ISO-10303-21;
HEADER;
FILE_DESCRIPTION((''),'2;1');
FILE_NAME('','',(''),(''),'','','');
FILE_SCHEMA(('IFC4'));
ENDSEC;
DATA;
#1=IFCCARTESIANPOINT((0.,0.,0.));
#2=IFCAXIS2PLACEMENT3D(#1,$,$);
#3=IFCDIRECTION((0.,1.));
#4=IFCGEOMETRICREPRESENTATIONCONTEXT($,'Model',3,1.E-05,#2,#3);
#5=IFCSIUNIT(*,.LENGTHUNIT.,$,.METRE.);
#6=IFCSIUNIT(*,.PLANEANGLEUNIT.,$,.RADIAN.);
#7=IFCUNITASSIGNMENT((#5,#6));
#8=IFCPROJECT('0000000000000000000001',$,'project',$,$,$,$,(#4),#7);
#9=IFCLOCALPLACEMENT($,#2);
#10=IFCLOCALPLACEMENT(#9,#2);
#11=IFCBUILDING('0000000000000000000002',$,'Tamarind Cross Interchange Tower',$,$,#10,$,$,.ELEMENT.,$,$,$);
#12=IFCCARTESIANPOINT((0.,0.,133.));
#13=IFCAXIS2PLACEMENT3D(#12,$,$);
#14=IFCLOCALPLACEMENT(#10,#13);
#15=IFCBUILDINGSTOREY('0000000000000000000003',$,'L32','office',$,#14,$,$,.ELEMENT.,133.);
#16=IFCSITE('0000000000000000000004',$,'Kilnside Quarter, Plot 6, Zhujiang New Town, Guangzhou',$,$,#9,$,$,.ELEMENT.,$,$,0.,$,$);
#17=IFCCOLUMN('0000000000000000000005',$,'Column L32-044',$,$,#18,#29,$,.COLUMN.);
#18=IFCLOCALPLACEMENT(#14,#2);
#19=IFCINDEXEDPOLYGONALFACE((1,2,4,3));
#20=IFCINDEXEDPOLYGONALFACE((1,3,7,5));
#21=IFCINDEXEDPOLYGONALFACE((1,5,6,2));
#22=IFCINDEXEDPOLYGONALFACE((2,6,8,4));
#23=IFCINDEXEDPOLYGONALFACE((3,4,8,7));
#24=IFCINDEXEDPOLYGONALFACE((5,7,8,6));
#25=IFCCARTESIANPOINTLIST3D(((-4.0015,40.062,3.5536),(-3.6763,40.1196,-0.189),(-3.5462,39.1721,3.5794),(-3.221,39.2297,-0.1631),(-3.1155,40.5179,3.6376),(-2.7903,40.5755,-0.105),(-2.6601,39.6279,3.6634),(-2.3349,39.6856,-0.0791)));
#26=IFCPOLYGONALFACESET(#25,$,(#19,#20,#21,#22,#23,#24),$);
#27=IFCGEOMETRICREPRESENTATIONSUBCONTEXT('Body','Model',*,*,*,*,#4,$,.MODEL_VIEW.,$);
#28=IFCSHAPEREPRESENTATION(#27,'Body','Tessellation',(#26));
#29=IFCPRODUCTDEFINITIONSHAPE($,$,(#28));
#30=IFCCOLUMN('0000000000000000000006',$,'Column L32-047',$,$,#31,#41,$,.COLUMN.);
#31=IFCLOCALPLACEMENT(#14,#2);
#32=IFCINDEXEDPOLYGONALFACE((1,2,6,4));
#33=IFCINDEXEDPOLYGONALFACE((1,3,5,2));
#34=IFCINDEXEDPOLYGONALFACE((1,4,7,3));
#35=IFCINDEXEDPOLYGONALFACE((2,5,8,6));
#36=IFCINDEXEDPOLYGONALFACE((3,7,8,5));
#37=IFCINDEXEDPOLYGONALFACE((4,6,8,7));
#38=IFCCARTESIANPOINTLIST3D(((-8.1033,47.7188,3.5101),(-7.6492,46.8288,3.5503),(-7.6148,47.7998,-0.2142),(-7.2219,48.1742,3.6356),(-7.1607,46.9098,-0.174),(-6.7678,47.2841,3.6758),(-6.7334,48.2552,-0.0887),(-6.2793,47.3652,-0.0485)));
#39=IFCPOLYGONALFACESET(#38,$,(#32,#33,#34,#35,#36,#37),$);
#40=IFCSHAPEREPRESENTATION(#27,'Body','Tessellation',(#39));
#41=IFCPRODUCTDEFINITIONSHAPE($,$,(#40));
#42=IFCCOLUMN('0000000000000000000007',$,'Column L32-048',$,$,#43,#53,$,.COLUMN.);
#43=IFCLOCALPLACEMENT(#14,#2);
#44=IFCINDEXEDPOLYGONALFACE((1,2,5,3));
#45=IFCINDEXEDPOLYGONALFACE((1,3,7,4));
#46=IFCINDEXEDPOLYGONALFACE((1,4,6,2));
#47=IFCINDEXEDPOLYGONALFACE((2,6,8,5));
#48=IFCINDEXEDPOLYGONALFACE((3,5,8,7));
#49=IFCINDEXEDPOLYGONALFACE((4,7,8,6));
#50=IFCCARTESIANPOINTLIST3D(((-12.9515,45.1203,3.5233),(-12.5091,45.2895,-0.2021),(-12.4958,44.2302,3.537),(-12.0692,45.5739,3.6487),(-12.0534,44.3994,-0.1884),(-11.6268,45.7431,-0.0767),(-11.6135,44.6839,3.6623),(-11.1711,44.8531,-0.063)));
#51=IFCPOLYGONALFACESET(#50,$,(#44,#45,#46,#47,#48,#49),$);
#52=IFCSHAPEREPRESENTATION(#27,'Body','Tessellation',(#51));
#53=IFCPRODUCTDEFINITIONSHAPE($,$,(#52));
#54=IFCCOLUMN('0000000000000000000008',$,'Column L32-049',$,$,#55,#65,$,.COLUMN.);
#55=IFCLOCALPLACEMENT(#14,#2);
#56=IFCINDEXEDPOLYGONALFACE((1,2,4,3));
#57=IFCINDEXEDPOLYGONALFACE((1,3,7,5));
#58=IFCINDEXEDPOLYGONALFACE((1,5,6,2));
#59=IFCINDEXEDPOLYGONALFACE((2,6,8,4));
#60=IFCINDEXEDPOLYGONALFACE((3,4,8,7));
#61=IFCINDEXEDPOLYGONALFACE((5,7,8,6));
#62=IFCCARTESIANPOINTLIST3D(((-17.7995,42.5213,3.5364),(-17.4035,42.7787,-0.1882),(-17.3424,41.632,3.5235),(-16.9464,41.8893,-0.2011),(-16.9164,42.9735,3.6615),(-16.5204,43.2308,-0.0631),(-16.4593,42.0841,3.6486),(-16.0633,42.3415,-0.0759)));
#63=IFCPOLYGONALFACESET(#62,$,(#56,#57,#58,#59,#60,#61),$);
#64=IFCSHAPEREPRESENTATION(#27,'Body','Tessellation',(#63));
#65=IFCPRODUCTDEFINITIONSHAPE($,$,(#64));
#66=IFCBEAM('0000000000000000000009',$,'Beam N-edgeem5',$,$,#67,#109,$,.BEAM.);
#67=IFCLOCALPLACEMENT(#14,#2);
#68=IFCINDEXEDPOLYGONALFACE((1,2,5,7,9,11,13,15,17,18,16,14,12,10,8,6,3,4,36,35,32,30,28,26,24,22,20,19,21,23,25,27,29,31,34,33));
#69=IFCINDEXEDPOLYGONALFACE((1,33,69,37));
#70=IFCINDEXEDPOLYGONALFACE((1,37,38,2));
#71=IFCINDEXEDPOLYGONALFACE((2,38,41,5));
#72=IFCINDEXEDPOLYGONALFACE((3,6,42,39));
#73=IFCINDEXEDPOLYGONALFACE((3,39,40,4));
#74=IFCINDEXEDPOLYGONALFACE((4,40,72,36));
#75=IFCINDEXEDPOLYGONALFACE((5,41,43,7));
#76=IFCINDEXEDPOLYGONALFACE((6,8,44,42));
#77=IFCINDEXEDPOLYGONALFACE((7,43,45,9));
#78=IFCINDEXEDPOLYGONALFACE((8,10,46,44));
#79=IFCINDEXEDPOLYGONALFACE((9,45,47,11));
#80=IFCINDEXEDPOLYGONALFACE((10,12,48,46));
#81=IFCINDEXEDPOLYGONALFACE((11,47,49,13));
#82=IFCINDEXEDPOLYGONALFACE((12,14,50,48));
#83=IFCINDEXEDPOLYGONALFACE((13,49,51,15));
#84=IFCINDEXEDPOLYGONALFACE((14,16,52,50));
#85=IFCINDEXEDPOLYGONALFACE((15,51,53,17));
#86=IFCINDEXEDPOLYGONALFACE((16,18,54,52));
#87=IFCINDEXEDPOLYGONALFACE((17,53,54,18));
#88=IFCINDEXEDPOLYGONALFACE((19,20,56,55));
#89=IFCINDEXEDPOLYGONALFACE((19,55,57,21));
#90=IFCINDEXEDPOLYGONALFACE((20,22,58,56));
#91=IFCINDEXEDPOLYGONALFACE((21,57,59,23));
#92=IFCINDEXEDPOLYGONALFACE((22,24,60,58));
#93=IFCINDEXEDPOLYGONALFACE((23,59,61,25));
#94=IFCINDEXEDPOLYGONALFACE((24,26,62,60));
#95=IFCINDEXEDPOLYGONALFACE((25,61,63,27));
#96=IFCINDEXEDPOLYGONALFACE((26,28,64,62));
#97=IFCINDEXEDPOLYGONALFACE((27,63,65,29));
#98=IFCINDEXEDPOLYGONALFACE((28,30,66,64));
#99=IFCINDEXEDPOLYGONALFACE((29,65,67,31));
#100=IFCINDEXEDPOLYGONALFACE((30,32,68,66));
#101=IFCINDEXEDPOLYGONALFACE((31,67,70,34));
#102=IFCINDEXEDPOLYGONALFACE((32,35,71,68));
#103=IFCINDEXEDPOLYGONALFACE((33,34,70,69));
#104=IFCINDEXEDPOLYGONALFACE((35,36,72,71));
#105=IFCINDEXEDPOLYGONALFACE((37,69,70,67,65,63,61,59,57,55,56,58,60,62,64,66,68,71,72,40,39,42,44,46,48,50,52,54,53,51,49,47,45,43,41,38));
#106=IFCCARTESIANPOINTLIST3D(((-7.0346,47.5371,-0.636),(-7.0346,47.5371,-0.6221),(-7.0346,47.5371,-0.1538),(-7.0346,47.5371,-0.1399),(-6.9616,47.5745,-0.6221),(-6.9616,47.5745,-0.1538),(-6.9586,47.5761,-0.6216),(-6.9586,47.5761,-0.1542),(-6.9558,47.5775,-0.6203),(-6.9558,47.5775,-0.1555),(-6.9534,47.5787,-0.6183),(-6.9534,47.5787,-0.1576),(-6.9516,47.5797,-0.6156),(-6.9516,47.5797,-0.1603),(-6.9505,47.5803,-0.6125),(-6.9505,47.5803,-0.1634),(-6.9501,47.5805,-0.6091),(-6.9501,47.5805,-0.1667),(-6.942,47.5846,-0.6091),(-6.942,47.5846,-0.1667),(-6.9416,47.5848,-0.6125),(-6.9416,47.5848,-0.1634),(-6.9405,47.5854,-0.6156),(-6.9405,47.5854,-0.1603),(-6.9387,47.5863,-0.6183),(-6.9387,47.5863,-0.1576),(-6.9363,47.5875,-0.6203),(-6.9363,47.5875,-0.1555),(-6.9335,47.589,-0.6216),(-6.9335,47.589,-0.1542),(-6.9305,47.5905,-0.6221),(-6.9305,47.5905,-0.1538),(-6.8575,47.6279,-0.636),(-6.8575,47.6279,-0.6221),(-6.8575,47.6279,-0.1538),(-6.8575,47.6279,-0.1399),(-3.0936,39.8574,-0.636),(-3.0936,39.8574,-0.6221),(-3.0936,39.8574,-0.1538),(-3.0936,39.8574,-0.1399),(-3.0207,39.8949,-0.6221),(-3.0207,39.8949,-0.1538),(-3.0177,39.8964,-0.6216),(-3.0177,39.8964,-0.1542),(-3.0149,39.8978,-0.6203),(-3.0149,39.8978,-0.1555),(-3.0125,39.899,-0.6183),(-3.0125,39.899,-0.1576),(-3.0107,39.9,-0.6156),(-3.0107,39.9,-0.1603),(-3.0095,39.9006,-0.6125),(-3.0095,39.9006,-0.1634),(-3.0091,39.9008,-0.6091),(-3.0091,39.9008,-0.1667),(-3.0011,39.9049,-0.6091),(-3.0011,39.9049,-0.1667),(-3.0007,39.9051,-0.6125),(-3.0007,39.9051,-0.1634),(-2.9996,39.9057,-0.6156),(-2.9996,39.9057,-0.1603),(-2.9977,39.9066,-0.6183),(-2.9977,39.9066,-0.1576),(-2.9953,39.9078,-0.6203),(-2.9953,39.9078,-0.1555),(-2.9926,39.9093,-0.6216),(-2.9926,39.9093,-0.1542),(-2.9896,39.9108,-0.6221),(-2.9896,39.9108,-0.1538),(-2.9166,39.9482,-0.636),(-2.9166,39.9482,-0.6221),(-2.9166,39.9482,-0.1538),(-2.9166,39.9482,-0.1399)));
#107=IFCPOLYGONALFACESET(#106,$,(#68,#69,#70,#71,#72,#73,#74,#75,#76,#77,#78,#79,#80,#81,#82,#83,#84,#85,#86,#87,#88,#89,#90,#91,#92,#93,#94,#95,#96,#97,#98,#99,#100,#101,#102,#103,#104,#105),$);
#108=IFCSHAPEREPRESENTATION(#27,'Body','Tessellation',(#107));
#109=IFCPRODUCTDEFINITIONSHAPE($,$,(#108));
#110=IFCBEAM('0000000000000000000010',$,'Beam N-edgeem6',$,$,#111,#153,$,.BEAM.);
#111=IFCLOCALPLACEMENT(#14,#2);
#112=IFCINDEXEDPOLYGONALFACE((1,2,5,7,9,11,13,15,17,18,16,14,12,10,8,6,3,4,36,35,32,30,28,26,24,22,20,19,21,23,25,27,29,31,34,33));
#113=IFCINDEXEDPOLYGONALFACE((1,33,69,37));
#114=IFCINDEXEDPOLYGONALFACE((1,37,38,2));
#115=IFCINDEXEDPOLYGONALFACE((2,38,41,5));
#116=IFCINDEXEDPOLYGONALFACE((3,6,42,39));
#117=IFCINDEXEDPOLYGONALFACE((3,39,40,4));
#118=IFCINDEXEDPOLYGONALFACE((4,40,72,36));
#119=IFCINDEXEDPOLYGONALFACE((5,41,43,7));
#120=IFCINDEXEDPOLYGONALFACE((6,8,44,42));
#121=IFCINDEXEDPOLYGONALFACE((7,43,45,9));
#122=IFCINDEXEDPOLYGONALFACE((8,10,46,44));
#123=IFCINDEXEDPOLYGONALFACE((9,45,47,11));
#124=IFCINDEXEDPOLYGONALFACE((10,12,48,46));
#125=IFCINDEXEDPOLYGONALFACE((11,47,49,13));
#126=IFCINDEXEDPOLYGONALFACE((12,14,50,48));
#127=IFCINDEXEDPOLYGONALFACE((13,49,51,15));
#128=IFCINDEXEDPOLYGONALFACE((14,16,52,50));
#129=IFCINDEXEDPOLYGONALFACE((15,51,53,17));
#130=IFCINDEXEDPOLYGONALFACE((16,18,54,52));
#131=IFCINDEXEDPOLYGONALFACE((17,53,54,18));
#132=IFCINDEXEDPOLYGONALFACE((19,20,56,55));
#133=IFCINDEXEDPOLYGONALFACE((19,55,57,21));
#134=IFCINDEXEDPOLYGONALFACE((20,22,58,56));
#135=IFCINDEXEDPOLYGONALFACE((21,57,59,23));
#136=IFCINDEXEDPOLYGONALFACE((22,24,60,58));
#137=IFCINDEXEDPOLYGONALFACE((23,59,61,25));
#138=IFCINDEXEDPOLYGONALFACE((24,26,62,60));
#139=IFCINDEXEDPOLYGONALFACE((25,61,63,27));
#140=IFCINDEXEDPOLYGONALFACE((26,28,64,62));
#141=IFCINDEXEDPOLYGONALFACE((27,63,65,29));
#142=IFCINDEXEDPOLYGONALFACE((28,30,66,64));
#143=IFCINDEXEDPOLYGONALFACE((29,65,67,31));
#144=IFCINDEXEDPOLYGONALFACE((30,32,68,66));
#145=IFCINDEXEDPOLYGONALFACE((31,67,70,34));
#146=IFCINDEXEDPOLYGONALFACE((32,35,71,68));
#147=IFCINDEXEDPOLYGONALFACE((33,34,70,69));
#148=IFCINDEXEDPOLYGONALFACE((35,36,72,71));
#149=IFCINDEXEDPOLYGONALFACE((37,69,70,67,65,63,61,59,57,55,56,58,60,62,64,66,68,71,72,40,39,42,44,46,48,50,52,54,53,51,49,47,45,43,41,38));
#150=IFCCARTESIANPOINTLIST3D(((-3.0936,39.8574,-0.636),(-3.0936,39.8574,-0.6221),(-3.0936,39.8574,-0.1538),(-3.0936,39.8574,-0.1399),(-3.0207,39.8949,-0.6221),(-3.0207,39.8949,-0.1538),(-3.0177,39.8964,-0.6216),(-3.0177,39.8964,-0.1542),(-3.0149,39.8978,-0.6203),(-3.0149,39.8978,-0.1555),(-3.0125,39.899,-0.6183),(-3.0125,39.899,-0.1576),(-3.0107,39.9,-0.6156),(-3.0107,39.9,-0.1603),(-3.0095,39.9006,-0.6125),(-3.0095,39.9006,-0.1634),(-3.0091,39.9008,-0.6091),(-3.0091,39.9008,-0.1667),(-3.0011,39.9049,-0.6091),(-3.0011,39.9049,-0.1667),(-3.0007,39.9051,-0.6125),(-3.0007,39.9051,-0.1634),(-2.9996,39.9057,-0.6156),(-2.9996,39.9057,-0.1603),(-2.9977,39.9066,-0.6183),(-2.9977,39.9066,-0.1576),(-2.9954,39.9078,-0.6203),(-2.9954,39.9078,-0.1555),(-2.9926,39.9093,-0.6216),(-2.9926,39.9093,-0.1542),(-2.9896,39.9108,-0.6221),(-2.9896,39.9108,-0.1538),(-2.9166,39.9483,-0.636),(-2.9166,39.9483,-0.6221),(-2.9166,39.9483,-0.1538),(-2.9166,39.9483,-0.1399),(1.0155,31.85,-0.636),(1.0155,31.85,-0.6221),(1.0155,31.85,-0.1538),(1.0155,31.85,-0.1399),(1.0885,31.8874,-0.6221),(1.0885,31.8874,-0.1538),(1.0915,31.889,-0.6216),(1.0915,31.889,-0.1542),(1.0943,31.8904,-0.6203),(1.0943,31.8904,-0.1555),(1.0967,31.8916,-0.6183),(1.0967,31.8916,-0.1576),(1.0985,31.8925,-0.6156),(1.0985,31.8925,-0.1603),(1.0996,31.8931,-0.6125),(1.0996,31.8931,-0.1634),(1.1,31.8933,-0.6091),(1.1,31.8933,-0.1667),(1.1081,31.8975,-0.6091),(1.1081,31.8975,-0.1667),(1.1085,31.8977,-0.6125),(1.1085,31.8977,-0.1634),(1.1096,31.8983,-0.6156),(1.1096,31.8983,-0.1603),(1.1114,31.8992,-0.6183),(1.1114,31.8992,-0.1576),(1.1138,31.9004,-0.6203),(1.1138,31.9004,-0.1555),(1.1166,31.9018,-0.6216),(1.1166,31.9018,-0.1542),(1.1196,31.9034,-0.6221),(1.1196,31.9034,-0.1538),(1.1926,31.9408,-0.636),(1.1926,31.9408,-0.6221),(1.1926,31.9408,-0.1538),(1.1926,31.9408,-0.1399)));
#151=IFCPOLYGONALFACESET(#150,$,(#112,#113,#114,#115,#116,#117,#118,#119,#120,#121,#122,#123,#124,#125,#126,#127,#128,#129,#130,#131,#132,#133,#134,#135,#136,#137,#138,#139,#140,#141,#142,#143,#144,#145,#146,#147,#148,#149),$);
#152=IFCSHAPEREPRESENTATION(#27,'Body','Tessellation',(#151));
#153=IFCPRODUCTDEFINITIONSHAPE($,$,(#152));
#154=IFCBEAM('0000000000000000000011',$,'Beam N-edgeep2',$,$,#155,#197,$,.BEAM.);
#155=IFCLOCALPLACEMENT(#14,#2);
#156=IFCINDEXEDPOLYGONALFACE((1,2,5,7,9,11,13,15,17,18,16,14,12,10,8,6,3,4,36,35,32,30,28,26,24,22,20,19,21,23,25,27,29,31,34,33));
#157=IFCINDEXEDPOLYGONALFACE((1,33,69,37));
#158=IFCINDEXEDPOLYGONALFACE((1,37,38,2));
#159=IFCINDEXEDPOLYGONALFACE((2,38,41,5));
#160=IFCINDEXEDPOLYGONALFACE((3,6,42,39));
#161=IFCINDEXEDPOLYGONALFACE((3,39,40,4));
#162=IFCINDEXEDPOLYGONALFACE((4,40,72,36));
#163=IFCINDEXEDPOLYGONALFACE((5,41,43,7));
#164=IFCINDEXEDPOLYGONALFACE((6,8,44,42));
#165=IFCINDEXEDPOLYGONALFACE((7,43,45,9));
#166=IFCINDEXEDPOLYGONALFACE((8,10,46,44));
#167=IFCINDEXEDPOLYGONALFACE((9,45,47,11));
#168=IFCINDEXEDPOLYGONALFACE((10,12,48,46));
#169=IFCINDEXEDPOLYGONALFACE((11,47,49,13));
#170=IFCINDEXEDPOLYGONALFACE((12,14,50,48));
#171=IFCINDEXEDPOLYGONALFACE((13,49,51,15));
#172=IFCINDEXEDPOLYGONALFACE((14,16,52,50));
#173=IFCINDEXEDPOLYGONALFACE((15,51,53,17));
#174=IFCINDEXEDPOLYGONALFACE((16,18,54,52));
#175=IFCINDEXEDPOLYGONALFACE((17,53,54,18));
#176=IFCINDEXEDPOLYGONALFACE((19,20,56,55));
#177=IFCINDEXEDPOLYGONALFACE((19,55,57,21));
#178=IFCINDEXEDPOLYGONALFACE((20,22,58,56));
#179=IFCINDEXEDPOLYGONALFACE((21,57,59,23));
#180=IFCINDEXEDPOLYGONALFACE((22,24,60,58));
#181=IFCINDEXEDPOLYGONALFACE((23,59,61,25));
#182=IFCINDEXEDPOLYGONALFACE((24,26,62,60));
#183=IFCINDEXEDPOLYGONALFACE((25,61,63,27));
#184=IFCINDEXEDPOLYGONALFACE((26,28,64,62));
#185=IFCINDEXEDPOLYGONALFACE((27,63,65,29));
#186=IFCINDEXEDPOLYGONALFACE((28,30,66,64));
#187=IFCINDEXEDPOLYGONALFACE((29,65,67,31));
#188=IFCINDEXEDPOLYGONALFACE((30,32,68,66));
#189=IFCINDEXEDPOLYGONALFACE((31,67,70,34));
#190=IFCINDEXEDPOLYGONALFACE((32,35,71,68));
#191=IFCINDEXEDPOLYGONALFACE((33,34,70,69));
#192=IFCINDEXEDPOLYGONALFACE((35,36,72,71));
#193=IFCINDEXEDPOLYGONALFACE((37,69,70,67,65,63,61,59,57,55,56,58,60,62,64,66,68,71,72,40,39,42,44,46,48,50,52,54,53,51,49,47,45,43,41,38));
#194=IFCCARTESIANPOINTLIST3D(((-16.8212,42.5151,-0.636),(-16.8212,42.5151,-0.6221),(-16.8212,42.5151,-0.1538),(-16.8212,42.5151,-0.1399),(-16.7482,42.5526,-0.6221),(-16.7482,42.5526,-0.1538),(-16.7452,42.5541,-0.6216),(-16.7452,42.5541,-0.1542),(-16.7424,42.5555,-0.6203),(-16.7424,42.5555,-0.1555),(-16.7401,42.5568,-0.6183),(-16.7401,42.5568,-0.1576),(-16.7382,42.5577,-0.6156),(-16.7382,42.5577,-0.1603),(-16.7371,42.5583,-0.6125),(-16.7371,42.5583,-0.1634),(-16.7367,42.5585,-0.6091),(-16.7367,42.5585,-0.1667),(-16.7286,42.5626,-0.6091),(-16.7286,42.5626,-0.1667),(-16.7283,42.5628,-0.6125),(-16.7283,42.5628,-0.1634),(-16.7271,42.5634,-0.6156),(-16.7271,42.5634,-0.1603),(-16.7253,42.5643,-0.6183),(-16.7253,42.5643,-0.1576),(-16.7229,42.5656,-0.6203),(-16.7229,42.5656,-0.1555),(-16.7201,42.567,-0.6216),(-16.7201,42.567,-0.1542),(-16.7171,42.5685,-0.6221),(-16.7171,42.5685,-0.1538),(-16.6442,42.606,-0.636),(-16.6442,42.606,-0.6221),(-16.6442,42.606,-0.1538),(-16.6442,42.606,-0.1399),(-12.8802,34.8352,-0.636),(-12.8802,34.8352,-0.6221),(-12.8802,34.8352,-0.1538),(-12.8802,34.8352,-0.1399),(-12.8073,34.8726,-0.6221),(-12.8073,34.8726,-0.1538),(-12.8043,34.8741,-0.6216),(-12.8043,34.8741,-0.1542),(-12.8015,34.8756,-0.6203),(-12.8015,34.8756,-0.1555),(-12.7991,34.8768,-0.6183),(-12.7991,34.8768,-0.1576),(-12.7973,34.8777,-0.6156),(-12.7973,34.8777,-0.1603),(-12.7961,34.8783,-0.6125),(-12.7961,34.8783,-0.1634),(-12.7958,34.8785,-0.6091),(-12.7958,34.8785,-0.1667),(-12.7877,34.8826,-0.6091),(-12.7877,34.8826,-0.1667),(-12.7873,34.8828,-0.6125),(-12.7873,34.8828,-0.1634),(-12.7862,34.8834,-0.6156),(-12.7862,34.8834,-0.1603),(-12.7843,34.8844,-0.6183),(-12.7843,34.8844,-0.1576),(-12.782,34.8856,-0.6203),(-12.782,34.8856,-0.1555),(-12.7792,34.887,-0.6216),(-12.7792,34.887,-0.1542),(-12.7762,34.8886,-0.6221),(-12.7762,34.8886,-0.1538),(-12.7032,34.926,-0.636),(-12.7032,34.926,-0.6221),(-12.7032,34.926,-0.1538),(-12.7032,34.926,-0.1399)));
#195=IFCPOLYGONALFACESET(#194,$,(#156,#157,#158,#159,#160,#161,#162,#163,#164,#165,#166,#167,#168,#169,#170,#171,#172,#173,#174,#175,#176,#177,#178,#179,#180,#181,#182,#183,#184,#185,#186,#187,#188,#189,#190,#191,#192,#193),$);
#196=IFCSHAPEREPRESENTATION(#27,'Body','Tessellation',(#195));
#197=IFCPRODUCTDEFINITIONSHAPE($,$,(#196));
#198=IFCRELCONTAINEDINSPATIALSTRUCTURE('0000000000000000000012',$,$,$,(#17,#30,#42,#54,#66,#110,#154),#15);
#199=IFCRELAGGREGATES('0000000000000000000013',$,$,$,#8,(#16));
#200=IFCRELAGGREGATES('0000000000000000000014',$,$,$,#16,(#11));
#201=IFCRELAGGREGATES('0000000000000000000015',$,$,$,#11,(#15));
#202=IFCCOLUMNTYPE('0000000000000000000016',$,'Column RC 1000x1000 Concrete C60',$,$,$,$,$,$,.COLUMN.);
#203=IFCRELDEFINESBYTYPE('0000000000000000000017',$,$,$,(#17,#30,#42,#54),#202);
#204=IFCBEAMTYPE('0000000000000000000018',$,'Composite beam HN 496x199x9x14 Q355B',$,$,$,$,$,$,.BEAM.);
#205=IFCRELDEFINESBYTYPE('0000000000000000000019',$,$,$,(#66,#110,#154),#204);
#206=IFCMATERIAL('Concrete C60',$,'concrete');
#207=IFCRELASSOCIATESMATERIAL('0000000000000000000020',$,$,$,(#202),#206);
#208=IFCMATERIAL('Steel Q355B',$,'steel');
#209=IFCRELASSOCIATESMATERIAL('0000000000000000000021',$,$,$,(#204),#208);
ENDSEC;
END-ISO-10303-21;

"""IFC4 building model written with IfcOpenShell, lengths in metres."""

from ifc_helpers import new_model, si_unit, direction, frame, origin, origin_2d, place, context, subcontext, project, spatial, rectangle, i_section, extrude, material, material_profile, profile_set, type_object, element, save


model = new_model("IFC4")

# Units and contexts
model_context = context("Model", 3, precision=1e-05, world=origin(), true_north=direction((0.0, 1.0)))
body_context = subcontext(model_context, "Body", "Model", "MODEL_VIEW")
ifc_project = project(units=[si_unit("LENGTHUNIT", "METRE"), si_unit("PLANEANGLEUNIT", "RADIAN")], contexts=[model_context])

# Site, building, storey
site_placement = place(None, origin())
site = spatial("IfcSite", under=ifc_project, at=site_placement, Name="Kilnside Quarter, Plot 6, Zhujiang New Town, Guangzhou", CompositionType="ELEMENT", RefElevation=0.0)
building_placement = place(site_placement, origin())
building = spatial("IfcBuilding", under=site, at=building_placement, Name="Tamarind Cross Interchange Tower", CompositionType="ELEMENT")
storey_placement = place(building_placement, frame((0.0, 0.0, 133.0)))
storey = spatial("IfcBuildingStorey", under=building, at=storey_placement, Name="L32", Description="office", CompositionType="ELEMENT", Elevation=133.0)

# Columns
ifc_material_1 = material(Name="Concrete C60", Category="concrete")
ifc_material_profile_1 = material_profile(ifc_material_1, rectangle(XDim=1.0, YDim=1.0, at=origin_2d()), Name="RC 1000x1000")
ifc_profile_set_1 = profile_set([ifc_material_profile_1], Name="Concrete C60")
column_type = type_object("IfcColumnType", Name="Column RC 1000x1000 Concrete C60", PredefinedType="COLUMN", material=ifc_profile_set_1)
for number, where, z_axis, x_axis, name in (
    (1, (-3.0056, 39.9026, -0.134), (-0.086558, -0.015336, 0.996129), (0.455375, -0.889924, 0.025868), "Column L32-044"),
    (2, (-6.947, 47.5825, -0.1313), (-0.130026, -0.021573, 0.991276), (0.454113, -0.890037, 0.040196), "Column L32-047"),
):
    element("IfcColumn", number, at=place(storey_placement, frame(where, z_axis=z_axis, x_axis=x_axis)), inside=storey, type_object=column_type, Name=name, PredefinedType="COLUMN", context=body_context, shape_type="SweptSolid", body=[
        extrude(rectangle(XDim=1.0, YDim=1.0, at=origin_2d()), origin(), (0.0, 0.0, 1.0), 3.7571),
    ])
column_1_placement = place(storey_placement, frame((-11.8401, 45.0713, -0.1326), z_axis=(-0.117801, -0.045053, 0.992015), x_axis=(0.455693, -0.890032, 0.013692)))
element("IfcColumn", 3, at=column_1_placement, inside=storey, type_object=column_type, Name="Column L32-048", PredefinedType="COLUMN", context=body_context, shape_type="SweptSolid", body=[
    extrude(rectangle(XDim=1.0, YDim=1.0, at=origin_2d()), origin(), (0.0, 0.0, 1.0), 3.7554),
])
column_2_placement = place(storey_placement, frame((-16.7334, 42.5601, -0.1321), z_axis=(-0.105474, -0.068539, 0.992057), x_axis=(0.883136, 0.452121, 0.12513)))
element("IfcColumn", 4, at=column_2_placement, inside=storey, type_object=column_type, Name="Column L32-049", PredefinedType="COLUMN", context=body_context, shape_type="SweptSolid", body=[
    extrude(rectangle(XDim=1.0, YDim=1.0, at=origin_2d()), origin(), (0.0, 0.0, 1.0), 3.7544),
])

# Beams
ifc_material_2 = material(Name="Steel Q355B", Category="steel")
ifc_material_profile_2 = material_profile(ifc_material_2, i_section(OverallWidth=0.199, OverallDepth=0.4961, WebThickness=0.009, FlangeThickness=0.0139, FilletRadius=0.0129, at=origin_2d()), Name="HN 496x199x9x14")
ifc_profile_set_2 = profile_set([ifc_material_profile_2], Name="Steel Q355B")
beam_type_1 = type_object("IfcBeamType", Name="Composite beam HN 496x199x9x14 Q355B", PredefinedType="BEAM", material=ifc_profile_set_2)
beam_1_placement = place(storey_placement, frame((-6.946, 47.5825, -0.3879), z_axis=(0.456557, -0.889694, 0.0), x_axis=(0.889694, 0.456557, 0.0)))
element("IfcBeam", 5, at=beam_1_placement, inside=storey, type_object=beam_type_1, Name="Beam N-edgeem5", PredefinedType="BEAM", context=body_context, shape_type="SweptSolid", body=[
    extrude(i_section(OverallWidth=0.199, OverallDepth=0.4961, WebThickness=0.009, FlangeThickness=0.0139, FilletRadius=0.0129, at=origin_2d()), origin(), (0.0, 0.0, 1.0), 8.6318),
])
beam_2_placement = place(storey_placement, frame((-3.0051, 39.9028, -0.3879), z_axis=(0.456564, -0.889691, 0.0), x_axis=(0.889691, 0.456564, 0.0)))
element("IfcBeam", 6, at=beam_2_placement, inside=storey, type_object=beam_type_1, Name="Beam N-edgeem6", PredefinedType="BEAM", context=body_context, shape_type="SweptSolid", body=[
    extrude(i_section(OverallWidth=0.199, OverallDepth=0.4961, WebThickness=0.009, FlangeThickness=0.0139, FilletRadius=0.0129, at=origin_2d()), origin(), (0.0, 0.0, 1.0), 9.0002),
])
beam_3_placement = place(storey_placement, frame((-16.7327, 42.5605, -0.3879), z_axis=(0.456545, -0.8897, 0.0), x_axis=(0.8897, 0.456545, 0.0)))
element("IfcBeam", 7, at=beam_3_placement, inside=storey, type_object=beam_type_1, Name="Beam N-edgeep2", PredefinedType="BEAM", context=body_context, shape_type="SweptSolid", body=[
    extrude(i_section(OverallWidth=0.199, OverallDepth=0.4961, WebThickness=0.009, FlangeThickness=0.0139, FilletRadius=0.0129, at=origin_2d()), origin(), (0.0, 0.0, 1.0), 8.6321),
])

save(model, "model.ifc")
